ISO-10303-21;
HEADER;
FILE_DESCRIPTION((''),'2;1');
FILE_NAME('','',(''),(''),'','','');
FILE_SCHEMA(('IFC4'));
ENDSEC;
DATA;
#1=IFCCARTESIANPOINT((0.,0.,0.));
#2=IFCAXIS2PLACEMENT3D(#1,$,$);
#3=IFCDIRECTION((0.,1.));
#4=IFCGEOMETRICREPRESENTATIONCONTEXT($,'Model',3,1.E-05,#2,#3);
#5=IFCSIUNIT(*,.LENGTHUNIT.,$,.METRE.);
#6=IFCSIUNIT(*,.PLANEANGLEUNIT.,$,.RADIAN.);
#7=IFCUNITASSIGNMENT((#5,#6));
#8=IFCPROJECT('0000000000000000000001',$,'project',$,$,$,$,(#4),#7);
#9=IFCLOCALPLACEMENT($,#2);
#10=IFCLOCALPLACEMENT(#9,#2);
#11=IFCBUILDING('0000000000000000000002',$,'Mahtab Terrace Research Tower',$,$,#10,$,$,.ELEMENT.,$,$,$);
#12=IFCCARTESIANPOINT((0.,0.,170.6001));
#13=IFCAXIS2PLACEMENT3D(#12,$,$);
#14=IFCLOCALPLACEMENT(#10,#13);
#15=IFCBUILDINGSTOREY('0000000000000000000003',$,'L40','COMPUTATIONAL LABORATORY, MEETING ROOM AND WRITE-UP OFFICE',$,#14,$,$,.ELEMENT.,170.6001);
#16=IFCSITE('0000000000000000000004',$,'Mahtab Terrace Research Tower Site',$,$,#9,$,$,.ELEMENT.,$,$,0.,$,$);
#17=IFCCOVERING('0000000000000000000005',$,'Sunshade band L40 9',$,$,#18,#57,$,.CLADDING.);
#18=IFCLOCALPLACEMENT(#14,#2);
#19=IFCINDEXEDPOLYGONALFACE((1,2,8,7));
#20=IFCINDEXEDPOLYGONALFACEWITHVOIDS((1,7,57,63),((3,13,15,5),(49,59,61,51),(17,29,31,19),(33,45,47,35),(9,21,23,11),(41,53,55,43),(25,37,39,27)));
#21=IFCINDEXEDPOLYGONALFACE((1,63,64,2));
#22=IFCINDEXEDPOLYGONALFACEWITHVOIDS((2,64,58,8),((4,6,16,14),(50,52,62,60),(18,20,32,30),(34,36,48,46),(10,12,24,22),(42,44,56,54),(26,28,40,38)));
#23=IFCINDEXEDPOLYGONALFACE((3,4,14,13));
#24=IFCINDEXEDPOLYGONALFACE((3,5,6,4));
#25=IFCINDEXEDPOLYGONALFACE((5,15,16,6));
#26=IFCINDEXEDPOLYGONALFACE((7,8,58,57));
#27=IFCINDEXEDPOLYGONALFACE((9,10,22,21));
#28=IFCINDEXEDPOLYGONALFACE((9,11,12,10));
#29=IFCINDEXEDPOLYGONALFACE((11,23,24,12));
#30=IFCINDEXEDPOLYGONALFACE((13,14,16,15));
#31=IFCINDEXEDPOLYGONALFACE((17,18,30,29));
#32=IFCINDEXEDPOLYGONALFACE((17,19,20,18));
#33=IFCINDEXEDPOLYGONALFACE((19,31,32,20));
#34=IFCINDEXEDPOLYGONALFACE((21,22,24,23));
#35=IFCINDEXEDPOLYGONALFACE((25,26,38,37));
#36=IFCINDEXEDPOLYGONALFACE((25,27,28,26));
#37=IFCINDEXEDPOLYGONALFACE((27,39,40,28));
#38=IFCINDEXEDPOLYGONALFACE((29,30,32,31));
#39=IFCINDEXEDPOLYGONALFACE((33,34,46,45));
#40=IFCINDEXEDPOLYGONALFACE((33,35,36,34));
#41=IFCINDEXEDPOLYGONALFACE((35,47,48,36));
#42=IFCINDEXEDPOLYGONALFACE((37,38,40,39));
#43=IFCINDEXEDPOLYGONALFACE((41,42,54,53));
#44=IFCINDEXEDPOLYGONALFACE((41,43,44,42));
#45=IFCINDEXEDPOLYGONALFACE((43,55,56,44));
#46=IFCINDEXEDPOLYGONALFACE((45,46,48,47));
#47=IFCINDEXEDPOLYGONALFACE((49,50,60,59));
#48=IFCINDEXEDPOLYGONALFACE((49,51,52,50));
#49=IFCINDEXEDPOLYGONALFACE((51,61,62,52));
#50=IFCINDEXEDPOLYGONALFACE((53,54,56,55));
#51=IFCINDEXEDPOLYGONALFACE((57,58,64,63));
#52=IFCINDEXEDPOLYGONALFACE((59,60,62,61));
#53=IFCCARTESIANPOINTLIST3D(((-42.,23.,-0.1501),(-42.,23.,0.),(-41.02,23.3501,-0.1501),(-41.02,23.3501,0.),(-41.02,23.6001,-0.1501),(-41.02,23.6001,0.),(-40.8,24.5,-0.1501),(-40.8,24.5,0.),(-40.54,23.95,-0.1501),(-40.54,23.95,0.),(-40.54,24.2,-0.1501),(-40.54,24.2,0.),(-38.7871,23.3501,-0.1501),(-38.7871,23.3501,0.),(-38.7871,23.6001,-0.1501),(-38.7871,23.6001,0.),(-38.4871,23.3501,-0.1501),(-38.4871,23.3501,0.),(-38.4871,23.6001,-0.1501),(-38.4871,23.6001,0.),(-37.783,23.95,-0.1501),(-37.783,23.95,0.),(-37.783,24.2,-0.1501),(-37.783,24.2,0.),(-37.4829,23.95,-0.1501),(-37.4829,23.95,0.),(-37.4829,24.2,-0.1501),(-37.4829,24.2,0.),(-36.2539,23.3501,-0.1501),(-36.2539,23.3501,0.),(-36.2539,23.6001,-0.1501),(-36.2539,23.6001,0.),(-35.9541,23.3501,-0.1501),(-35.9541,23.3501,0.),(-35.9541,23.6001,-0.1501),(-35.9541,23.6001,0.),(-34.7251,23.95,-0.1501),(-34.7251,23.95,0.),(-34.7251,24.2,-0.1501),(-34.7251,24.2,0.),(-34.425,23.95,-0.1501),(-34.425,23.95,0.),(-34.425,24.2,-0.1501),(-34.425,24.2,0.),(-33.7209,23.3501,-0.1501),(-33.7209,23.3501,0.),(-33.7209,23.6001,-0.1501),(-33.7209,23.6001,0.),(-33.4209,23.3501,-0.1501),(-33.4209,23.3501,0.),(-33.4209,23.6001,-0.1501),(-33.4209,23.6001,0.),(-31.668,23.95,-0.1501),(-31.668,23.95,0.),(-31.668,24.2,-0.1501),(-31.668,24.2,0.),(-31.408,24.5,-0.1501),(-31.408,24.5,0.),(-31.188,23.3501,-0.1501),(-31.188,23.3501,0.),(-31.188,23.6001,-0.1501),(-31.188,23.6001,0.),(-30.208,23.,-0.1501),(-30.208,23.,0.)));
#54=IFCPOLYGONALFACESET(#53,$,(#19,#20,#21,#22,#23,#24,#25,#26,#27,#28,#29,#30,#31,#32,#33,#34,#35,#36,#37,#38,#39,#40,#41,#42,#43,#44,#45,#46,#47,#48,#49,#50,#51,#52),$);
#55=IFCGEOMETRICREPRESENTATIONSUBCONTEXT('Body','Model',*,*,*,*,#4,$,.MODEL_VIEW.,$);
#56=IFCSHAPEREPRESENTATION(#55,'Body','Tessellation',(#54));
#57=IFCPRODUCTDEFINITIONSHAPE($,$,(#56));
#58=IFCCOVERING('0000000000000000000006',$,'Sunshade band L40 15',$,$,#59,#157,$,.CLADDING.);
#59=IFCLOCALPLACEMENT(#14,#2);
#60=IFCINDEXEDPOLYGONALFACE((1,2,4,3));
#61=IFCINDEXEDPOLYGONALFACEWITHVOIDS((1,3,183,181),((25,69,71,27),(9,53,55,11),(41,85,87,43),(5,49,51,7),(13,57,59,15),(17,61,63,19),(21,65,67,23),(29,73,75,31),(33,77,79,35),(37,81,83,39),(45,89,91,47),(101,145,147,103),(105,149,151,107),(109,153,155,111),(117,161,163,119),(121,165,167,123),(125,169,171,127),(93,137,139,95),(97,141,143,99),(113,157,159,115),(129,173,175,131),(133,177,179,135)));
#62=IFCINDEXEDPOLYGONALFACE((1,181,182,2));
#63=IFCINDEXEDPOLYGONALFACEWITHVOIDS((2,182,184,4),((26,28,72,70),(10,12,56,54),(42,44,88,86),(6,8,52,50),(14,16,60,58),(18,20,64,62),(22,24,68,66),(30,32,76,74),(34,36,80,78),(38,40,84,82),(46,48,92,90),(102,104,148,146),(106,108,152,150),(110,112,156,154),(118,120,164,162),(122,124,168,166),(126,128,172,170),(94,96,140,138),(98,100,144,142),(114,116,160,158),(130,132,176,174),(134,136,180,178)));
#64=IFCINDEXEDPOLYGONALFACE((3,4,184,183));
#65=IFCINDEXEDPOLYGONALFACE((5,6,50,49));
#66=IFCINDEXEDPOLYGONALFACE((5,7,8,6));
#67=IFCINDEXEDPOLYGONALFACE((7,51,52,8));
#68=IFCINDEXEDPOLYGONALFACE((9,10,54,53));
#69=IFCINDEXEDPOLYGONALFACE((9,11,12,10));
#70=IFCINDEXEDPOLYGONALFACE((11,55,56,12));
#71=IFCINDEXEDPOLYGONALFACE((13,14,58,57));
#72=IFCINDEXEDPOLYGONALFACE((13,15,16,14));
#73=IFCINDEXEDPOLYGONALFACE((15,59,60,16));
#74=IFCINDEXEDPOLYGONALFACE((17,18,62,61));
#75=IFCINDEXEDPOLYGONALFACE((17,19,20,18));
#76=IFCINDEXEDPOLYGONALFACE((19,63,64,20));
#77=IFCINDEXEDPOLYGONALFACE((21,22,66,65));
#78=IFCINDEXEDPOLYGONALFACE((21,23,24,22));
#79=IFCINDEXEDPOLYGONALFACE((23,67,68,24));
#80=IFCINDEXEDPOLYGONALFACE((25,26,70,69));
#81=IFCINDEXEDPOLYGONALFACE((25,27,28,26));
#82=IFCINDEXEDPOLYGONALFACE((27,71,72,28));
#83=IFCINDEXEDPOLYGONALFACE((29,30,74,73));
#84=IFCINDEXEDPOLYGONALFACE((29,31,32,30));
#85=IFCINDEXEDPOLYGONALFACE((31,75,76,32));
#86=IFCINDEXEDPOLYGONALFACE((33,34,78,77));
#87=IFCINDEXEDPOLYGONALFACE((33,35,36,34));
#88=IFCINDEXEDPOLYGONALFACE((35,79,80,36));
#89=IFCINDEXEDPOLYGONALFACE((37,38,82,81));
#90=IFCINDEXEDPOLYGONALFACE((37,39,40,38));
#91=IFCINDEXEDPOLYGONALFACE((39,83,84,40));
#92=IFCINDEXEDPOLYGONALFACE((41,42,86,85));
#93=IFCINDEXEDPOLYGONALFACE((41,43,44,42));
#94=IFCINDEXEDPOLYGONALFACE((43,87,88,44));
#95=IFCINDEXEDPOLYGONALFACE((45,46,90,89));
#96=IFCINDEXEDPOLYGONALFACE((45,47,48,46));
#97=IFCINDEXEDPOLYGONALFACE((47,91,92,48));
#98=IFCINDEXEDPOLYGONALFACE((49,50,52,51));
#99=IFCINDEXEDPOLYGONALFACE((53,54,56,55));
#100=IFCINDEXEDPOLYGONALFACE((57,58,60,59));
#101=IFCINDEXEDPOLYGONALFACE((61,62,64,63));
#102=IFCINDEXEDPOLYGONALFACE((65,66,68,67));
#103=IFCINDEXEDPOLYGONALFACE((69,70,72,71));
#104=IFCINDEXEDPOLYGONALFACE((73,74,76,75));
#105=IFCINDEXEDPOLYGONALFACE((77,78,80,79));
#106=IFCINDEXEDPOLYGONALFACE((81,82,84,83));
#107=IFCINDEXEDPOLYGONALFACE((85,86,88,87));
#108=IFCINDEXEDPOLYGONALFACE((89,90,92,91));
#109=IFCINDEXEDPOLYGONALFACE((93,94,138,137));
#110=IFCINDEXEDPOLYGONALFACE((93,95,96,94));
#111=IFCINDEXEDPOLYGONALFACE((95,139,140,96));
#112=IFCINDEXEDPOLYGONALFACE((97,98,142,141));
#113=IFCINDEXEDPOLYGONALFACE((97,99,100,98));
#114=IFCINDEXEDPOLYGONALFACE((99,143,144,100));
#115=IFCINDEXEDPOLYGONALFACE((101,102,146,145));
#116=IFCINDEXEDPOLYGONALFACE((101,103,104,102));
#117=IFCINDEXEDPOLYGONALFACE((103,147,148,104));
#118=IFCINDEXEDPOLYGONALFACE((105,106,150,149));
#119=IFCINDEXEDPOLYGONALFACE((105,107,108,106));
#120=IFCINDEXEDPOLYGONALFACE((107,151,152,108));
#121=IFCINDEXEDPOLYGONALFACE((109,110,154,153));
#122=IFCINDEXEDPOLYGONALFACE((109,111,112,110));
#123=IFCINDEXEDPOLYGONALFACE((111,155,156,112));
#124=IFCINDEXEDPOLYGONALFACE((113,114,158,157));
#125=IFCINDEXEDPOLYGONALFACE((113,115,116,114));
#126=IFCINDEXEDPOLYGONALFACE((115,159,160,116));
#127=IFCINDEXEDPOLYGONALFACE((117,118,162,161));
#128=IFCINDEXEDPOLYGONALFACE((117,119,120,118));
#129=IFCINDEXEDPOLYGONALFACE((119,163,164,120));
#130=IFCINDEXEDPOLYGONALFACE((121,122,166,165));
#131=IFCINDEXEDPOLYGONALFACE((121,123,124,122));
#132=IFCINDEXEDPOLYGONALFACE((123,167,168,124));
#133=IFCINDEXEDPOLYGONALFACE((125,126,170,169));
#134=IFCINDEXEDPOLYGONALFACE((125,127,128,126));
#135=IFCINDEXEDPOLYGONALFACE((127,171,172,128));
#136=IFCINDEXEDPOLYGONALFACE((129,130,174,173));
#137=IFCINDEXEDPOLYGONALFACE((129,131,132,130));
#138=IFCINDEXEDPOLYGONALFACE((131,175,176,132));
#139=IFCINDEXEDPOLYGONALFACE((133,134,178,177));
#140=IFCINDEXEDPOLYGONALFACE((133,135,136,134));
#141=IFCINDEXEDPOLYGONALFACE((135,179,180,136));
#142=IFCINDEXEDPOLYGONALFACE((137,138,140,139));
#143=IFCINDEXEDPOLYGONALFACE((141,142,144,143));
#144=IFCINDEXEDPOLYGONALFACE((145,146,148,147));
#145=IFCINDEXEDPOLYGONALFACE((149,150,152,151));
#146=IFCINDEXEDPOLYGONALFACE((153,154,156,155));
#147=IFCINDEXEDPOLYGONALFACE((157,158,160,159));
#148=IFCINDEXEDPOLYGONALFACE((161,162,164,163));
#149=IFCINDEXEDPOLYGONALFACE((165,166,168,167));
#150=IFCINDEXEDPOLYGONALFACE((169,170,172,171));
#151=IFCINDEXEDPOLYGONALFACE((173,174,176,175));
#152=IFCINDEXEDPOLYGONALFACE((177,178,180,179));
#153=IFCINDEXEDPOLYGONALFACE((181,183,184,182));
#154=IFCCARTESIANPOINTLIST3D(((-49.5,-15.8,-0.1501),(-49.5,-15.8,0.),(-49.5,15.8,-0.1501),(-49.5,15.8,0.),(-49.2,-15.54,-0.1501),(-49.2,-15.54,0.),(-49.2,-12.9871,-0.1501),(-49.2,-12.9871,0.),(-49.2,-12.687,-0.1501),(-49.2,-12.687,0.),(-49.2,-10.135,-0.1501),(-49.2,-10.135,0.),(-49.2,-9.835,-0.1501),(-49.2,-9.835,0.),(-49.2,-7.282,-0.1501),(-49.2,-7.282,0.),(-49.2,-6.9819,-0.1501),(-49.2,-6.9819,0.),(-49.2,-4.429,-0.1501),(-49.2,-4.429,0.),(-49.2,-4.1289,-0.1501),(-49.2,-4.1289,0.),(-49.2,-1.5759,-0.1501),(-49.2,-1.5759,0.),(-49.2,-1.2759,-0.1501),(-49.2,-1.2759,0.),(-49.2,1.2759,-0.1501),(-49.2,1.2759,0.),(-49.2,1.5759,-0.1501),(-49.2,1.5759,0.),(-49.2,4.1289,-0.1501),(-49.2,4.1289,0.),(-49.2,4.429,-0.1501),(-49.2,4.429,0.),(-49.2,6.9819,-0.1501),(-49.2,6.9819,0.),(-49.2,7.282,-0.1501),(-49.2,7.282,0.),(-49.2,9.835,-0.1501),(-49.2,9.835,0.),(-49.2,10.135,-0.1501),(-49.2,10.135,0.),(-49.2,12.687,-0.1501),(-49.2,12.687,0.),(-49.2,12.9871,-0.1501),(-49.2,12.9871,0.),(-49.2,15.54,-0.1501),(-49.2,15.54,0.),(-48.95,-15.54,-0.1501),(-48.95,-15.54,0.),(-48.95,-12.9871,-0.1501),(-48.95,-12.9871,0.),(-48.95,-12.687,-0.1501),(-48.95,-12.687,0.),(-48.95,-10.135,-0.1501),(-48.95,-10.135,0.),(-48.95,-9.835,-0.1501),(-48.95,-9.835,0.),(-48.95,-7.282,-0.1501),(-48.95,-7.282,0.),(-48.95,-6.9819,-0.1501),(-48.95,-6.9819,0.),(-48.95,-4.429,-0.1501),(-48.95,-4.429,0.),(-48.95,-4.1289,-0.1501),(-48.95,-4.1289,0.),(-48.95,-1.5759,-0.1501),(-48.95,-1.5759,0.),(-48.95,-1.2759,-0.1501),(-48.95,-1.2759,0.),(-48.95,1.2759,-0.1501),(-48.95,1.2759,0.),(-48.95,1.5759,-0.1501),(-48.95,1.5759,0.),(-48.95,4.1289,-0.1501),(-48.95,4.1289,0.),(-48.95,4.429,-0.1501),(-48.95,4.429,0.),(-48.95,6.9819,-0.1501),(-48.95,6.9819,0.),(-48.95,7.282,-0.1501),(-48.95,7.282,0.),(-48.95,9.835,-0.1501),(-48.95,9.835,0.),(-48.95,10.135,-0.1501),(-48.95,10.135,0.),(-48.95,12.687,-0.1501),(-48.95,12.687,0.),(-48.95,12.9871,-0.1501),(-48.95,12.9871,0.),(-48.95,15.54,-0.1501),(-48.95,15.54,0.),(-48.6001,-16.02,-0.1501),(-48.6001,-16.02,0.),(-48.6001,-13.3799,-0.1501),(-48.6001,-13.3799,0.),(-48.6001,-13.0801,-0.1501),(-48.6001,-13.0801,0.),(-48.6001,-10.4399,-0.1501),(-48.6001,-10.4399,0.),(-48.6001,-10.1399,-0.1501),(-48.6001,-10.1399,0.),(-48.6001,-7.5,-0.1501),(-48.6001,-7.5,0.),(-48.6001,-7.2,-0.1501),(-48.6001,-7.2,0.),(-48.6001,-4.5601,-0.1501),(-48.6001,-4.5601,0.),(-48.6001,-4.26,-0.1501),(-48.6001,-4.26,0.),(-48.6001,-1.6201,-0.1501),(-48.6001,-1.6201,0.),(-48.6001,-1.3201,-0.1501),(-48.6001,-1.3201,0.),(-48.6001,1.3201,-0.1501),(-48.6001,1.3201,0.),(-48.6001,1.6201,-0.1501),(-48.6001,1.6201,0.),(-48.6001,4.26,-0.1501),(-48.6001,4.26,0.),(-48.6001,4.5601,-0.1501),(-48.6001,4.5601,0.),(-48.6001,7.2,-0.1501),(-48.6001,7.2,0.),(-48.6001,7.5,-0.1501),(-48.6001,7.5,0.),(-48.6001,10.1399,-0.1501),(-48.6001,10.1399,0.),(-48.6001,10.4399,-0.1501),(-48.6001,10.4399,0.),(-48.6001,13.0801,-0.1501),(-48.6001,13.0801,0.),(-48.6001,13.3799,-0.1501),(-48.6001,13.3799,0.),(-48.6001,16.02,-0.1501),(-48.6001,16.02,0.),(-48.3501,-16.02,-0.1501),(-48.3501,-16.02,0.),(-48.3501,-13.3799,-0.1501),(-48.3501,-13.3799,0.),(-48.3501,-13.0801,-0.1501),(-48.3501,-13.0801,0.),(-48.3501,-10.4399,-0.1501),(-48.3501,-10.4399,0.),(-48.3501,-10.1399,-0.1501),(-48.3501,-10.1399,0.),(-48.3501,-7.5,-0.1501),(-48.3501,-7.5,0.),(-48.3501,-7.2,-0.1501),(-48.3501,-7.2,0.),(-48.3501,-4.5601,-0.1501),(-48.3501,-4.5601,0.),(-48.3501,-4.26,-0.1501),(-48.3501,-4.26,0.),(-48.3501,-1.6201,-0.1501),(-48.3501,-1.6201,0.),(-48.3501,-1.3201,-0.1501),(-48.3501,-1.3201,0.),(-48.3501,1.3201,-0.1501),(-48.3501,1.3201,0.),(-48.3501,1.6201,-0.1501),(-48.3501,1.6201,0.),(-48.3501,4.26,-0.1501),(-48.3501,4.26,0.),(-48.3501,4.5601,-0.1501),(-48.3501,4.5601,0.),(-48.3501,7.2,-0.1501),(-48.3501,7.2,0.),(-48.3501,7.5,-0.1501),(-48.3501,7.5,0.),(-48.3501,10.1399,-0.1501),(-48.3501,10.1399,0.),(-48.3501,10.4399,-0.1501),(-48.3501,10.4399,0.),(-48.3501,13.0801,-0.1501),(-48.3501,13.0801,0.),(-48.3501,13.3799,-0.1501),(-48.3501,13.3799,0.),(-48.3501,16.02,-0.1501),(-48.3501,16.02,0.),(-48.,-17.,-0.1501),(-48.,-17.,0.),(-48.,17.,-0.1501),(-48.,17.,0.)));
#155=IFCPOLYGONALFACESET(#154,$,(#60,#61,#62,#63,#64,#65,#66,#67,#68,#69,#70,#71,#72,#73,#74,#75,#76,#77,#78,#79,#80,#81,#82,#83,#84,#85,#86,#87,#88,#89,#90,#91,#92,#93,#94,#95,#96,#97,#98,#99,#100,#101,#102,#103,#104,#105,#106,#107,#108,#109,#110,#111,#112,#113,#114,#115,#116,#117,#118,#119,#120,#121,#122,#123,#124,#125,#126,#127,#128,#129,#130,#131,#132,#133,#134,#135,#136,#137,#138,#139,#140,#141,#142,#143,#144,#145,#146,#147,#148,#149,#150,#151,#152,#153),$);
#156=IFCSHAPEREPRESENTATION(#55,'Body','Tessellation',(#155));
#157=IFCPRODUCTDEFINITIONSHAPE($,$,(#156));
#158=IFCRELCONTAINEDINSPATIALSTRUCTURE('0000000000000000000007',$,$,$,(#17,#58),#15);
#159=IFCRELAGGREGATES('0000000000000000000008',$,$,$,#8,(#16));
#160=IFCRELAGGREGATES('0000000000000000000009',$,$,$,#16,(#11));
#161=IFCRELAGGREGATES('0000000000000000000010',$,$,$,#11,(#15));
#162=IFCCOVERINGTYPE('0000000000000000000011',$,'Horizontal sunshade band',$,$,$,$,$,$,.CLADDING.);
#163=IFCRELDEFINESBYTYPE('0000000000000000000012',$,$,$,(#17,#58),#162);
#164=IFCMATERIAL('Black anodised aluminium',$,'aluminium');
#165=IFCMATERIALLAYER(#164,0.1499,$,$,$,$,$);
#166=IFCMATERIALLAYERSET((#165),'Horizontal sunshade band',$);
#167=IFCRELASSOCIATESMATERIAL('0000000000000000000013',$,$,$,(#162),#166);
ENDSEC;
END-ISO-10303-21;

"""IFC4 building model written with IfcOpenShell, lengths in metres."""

from ifc_helpers import new_model, si_unit, direction, frame, origin, place, context, subcontext, project, spatial, polyline, outline, extrude, material, layer, layer_set, type_object, element, save


model = new_model("IFC4")

# Units and contexts
model_context = context("Model", 3, precision=1e-05, world=origin(), true_north=direction((0.0, 1.0)))
body_context = subcontext(model_context, "Body", "Model", "MODEL_VIEW")
ifc_project = project(units=[si_unit("LENGTHUNIT", "METRE"), si_unit("PLANEANGLEUNIT", "RADIAN")], contexts=[model_context])

# Site, building, storey
site_placement = place(None, origin())
site = spatial("IfcSite", under=ifc_project, at=site_placement, Name="Mahtab Terrace Research Tower Site", CompositionType="ELEMENT", RefElevation=0.0)
building_placement = place(site_placement, origin())
building = spatial("IfcBuilding", under=site, at=building_placement, Name="Mahtab Terrace Research Tower", CompositionType="ELEMENT")
storey_placement = place(building_placement, frame((0.0, 0.0, 170.6001)))
storey = spatial("IfcBuildingStorey", under=building, at=storey_placement, Name="L40", Description="COMPUTATIONAL LABORATORY, MEETING ROOM AND WRITE-UP OFFICE", CompositionType="ELEMENT", Elevation=170.6001)

# Coverings
ifc_material_1 = material(Name="Black anodised aluminium", Category="aluminium")
ifc_layer_1 = layer(ifc_material_1, 0.1499)
ifc_layer_set_1 = layer_set([ifc_layer_1], Name="Horizontal sunshade band")
covering_type = type_object("IfcCoveringType", Name="Horizontal sunshade band", PredefinedType="CLADDING", material=ifc_layer_set_1)
covering_1_placement = place(storey_placement, frame((0.0, 0.0, -0.1501)))
element("IfcCovering", 1, at=covering_1_placement, inside=storey, type_object=covering_type, Name="Sunshade band L40 9", PredefinedType="CLADDING", context=body_context, shape_type="SweptSolid", body=[
    extrude(outline(polyline([(-30.208, 23.0), (-42.0, 23.0), (-40.8, 24.5), (-31.408, 24.5), (-30.208, 23.0)]), holes=[polyline([(-31.188, 23.3501), (-33.4209, 23.3501), (-33.4209, 23.6001), (-31.188, 23.6001), (-31.188, 23.3501)]), polyline([(-33.7209, 23.3501), (-35.9541, 23.3501), (-35.9541, 23.6001), (-33.7209, 23.6001), (-33.7209, 23.3501)]), polyline([(-36.2539, 23.3501), (-38.4871, 23.3501), (-38.4871, 23.6001), (-36.2539, 23.6001), (-36.2539, 23.3501)]), polyline([(-38.7871, 23.3501), (-41.02, 23.3501), (-41.02, 23.6001), (-38.7871, 23.6001), (-38.7871, 23.3501)]), polyline([(-31.668, 23.95), (-34.425, 23.95), (-34.425, 24.2), (-31.668, 24.2), (-31.668, 23.95)]), polyline([(-34.7251, 23.95), (-37.4829, 23.95), (-37.4829, 24.2), (-34.7251, 24.2), (-34.7251, 23.95)]), polyline([(-37.783, 23.95), (-40.54, 23.95), (-40.54, 24.2), (-37.783, 24.2), (-37.783, 23.95)])]), origin(), (0.0, 0.0, 1.0), 0.1501),
])
covering_2_placement = place(storey_placement, frame((0.0, 0.0, -0.1501)))
element("IfcCovering", 2, at=covering_2_placement, inside=storey, type_object=covering_type, Name="Sunshade band L40 15", PredefinedType="CLADDING", context=body_context, shape_type="SweptSolid", body=[
    extrude(outline(polyline([(-48.0, 17.0), (-48.0, -17.0), (-49.5, -15.8), (-49.5, 15.8), (-48.0, 17.0)]), holes=[polyline([(-48.3501, 16.02), (-48.3501, 13.3799), (-48.6001, 13.3799), (-48.6001, 16.02), (-48.3501, 16.02)]), polyline([(-48.3501, 13.0801), (-48.3501, 10.4399), (-48.6001, 10.4399), (-48.6001, 13.0801), (-48.3501, 13.0801)]), polyline([(-48.3501, 10.1399), (-48.3501, 7.5), (-48.6001, 7.5), (-48.6001, 10.1399), (-48.3501, 10.1399)]), polyline([(-48.3501, 7.2), (-48.3501, 4.5601), (-48.6001, 4.5601), (-48.6001, 7.2), (-48.3501, 7.2)]), polyline([(-48.3501, 4.26), (-48.3501, 1.6201), (-48.6001, 1.6201), (-48.6001, 4.26), (-48.3501, 4.26)]), polyline([(-48.3501, 1.3201), (-48.3501, -1.3201), (-48.6001, -1.3201), (-48.6001, 1.3201), (-48.3501, 1.3201)]), polyline([(-48.3501, -1.6201), (-48.3501, -4.26), (-48.6001, -4.26), (-48.6001, -1.6201), (-48.3501, -1.6201)]), polyline([(-48.3501, -4.5601), (-48.3501, -7.2), (-48.6001, -7.2), (-48.6001, -4.5601), (-48.3501, -4.5601)]), polyline([(-48.3501, -7.5), (-48.3501, -10.1399), (-48.6001, -10.1399), (-48.6001, -7.5), (-48.3501, -7.5)]), polyline([(-48.3501, -10.4399), (-48.3501, -13.0801), (-48.6001, -13.0801), (-48.6001, -10.4399), (-48.3501, -10.4399)]), polyline([(-48.3501, -13.3799), (-48.3501, -16.02), (-48.6001, -16.02), (-48.6001, -13.3799), (-48.3501, -13.3799)]), polyline([(-48.95, 15.54), (-48.95, 12.9871), (-49.2, 12.9871), (-49.2, 15.54), (-48.95, 15.54)]), polyline([(-48.95, 12.687), (-48.95, 10.135), (-49.2, 10.135), (-49.2, 12.687), (-48.95, 12.687)]), polyline([(-48.95, 9.835), (-48.95, 7.282), (-49.2, 7.282), (-49.2, 9.835), (-48.95, 9.835)]), polyline([(-48.95, 6.9819), (-48.95, 4.429), (-49.2, 4.429), (-49.2, 6.9819), (-48.95, 6.9819)]), polyline([(-48.95, 4.1289), (-48.95, 1.5759), (-49.2, 1.5759), (-49.2, 4.1289), (-48.95, 4.1289)]), polyline([(-48.95, 1.2759), (-48.95, -1.2759), (-49.2, -1.2759), (-49.2, 1.2759), (-48.95, 1.2759)]), polyline([(-48.95, -1.5759), (-48.95, -4.1289), (-49.2, -4.1289), (-49.2, -1.5759), (-48.95, -1.5759)]), polyline([(-48.95, -4.429), (-48.95, -6.9819), (-49.2, -6.9819), (-49.2, -4.429), (-48.95, -4.429)]), polyline([(-48.95, -7.282), (-48.95, -9.835), (-49.2, -9.835), (-49.2, -7.282), (-48.95, -7.282)]), polyline([(-48.95, -10.135), (-48.95, -12.687), (-49.2, -12.687), (-49.2, -10.135), (-48.95, -10.135)]), polyline([(-48.95, -12.9871), (-48.95, -15.54), (-49.2, -15.54), (-49.2, -12.9871), (-48.95, -12.9871)])]), origin(), (0.0, 0.0, 1.0), 0.1501),
])

save(model, "model.ifc")
